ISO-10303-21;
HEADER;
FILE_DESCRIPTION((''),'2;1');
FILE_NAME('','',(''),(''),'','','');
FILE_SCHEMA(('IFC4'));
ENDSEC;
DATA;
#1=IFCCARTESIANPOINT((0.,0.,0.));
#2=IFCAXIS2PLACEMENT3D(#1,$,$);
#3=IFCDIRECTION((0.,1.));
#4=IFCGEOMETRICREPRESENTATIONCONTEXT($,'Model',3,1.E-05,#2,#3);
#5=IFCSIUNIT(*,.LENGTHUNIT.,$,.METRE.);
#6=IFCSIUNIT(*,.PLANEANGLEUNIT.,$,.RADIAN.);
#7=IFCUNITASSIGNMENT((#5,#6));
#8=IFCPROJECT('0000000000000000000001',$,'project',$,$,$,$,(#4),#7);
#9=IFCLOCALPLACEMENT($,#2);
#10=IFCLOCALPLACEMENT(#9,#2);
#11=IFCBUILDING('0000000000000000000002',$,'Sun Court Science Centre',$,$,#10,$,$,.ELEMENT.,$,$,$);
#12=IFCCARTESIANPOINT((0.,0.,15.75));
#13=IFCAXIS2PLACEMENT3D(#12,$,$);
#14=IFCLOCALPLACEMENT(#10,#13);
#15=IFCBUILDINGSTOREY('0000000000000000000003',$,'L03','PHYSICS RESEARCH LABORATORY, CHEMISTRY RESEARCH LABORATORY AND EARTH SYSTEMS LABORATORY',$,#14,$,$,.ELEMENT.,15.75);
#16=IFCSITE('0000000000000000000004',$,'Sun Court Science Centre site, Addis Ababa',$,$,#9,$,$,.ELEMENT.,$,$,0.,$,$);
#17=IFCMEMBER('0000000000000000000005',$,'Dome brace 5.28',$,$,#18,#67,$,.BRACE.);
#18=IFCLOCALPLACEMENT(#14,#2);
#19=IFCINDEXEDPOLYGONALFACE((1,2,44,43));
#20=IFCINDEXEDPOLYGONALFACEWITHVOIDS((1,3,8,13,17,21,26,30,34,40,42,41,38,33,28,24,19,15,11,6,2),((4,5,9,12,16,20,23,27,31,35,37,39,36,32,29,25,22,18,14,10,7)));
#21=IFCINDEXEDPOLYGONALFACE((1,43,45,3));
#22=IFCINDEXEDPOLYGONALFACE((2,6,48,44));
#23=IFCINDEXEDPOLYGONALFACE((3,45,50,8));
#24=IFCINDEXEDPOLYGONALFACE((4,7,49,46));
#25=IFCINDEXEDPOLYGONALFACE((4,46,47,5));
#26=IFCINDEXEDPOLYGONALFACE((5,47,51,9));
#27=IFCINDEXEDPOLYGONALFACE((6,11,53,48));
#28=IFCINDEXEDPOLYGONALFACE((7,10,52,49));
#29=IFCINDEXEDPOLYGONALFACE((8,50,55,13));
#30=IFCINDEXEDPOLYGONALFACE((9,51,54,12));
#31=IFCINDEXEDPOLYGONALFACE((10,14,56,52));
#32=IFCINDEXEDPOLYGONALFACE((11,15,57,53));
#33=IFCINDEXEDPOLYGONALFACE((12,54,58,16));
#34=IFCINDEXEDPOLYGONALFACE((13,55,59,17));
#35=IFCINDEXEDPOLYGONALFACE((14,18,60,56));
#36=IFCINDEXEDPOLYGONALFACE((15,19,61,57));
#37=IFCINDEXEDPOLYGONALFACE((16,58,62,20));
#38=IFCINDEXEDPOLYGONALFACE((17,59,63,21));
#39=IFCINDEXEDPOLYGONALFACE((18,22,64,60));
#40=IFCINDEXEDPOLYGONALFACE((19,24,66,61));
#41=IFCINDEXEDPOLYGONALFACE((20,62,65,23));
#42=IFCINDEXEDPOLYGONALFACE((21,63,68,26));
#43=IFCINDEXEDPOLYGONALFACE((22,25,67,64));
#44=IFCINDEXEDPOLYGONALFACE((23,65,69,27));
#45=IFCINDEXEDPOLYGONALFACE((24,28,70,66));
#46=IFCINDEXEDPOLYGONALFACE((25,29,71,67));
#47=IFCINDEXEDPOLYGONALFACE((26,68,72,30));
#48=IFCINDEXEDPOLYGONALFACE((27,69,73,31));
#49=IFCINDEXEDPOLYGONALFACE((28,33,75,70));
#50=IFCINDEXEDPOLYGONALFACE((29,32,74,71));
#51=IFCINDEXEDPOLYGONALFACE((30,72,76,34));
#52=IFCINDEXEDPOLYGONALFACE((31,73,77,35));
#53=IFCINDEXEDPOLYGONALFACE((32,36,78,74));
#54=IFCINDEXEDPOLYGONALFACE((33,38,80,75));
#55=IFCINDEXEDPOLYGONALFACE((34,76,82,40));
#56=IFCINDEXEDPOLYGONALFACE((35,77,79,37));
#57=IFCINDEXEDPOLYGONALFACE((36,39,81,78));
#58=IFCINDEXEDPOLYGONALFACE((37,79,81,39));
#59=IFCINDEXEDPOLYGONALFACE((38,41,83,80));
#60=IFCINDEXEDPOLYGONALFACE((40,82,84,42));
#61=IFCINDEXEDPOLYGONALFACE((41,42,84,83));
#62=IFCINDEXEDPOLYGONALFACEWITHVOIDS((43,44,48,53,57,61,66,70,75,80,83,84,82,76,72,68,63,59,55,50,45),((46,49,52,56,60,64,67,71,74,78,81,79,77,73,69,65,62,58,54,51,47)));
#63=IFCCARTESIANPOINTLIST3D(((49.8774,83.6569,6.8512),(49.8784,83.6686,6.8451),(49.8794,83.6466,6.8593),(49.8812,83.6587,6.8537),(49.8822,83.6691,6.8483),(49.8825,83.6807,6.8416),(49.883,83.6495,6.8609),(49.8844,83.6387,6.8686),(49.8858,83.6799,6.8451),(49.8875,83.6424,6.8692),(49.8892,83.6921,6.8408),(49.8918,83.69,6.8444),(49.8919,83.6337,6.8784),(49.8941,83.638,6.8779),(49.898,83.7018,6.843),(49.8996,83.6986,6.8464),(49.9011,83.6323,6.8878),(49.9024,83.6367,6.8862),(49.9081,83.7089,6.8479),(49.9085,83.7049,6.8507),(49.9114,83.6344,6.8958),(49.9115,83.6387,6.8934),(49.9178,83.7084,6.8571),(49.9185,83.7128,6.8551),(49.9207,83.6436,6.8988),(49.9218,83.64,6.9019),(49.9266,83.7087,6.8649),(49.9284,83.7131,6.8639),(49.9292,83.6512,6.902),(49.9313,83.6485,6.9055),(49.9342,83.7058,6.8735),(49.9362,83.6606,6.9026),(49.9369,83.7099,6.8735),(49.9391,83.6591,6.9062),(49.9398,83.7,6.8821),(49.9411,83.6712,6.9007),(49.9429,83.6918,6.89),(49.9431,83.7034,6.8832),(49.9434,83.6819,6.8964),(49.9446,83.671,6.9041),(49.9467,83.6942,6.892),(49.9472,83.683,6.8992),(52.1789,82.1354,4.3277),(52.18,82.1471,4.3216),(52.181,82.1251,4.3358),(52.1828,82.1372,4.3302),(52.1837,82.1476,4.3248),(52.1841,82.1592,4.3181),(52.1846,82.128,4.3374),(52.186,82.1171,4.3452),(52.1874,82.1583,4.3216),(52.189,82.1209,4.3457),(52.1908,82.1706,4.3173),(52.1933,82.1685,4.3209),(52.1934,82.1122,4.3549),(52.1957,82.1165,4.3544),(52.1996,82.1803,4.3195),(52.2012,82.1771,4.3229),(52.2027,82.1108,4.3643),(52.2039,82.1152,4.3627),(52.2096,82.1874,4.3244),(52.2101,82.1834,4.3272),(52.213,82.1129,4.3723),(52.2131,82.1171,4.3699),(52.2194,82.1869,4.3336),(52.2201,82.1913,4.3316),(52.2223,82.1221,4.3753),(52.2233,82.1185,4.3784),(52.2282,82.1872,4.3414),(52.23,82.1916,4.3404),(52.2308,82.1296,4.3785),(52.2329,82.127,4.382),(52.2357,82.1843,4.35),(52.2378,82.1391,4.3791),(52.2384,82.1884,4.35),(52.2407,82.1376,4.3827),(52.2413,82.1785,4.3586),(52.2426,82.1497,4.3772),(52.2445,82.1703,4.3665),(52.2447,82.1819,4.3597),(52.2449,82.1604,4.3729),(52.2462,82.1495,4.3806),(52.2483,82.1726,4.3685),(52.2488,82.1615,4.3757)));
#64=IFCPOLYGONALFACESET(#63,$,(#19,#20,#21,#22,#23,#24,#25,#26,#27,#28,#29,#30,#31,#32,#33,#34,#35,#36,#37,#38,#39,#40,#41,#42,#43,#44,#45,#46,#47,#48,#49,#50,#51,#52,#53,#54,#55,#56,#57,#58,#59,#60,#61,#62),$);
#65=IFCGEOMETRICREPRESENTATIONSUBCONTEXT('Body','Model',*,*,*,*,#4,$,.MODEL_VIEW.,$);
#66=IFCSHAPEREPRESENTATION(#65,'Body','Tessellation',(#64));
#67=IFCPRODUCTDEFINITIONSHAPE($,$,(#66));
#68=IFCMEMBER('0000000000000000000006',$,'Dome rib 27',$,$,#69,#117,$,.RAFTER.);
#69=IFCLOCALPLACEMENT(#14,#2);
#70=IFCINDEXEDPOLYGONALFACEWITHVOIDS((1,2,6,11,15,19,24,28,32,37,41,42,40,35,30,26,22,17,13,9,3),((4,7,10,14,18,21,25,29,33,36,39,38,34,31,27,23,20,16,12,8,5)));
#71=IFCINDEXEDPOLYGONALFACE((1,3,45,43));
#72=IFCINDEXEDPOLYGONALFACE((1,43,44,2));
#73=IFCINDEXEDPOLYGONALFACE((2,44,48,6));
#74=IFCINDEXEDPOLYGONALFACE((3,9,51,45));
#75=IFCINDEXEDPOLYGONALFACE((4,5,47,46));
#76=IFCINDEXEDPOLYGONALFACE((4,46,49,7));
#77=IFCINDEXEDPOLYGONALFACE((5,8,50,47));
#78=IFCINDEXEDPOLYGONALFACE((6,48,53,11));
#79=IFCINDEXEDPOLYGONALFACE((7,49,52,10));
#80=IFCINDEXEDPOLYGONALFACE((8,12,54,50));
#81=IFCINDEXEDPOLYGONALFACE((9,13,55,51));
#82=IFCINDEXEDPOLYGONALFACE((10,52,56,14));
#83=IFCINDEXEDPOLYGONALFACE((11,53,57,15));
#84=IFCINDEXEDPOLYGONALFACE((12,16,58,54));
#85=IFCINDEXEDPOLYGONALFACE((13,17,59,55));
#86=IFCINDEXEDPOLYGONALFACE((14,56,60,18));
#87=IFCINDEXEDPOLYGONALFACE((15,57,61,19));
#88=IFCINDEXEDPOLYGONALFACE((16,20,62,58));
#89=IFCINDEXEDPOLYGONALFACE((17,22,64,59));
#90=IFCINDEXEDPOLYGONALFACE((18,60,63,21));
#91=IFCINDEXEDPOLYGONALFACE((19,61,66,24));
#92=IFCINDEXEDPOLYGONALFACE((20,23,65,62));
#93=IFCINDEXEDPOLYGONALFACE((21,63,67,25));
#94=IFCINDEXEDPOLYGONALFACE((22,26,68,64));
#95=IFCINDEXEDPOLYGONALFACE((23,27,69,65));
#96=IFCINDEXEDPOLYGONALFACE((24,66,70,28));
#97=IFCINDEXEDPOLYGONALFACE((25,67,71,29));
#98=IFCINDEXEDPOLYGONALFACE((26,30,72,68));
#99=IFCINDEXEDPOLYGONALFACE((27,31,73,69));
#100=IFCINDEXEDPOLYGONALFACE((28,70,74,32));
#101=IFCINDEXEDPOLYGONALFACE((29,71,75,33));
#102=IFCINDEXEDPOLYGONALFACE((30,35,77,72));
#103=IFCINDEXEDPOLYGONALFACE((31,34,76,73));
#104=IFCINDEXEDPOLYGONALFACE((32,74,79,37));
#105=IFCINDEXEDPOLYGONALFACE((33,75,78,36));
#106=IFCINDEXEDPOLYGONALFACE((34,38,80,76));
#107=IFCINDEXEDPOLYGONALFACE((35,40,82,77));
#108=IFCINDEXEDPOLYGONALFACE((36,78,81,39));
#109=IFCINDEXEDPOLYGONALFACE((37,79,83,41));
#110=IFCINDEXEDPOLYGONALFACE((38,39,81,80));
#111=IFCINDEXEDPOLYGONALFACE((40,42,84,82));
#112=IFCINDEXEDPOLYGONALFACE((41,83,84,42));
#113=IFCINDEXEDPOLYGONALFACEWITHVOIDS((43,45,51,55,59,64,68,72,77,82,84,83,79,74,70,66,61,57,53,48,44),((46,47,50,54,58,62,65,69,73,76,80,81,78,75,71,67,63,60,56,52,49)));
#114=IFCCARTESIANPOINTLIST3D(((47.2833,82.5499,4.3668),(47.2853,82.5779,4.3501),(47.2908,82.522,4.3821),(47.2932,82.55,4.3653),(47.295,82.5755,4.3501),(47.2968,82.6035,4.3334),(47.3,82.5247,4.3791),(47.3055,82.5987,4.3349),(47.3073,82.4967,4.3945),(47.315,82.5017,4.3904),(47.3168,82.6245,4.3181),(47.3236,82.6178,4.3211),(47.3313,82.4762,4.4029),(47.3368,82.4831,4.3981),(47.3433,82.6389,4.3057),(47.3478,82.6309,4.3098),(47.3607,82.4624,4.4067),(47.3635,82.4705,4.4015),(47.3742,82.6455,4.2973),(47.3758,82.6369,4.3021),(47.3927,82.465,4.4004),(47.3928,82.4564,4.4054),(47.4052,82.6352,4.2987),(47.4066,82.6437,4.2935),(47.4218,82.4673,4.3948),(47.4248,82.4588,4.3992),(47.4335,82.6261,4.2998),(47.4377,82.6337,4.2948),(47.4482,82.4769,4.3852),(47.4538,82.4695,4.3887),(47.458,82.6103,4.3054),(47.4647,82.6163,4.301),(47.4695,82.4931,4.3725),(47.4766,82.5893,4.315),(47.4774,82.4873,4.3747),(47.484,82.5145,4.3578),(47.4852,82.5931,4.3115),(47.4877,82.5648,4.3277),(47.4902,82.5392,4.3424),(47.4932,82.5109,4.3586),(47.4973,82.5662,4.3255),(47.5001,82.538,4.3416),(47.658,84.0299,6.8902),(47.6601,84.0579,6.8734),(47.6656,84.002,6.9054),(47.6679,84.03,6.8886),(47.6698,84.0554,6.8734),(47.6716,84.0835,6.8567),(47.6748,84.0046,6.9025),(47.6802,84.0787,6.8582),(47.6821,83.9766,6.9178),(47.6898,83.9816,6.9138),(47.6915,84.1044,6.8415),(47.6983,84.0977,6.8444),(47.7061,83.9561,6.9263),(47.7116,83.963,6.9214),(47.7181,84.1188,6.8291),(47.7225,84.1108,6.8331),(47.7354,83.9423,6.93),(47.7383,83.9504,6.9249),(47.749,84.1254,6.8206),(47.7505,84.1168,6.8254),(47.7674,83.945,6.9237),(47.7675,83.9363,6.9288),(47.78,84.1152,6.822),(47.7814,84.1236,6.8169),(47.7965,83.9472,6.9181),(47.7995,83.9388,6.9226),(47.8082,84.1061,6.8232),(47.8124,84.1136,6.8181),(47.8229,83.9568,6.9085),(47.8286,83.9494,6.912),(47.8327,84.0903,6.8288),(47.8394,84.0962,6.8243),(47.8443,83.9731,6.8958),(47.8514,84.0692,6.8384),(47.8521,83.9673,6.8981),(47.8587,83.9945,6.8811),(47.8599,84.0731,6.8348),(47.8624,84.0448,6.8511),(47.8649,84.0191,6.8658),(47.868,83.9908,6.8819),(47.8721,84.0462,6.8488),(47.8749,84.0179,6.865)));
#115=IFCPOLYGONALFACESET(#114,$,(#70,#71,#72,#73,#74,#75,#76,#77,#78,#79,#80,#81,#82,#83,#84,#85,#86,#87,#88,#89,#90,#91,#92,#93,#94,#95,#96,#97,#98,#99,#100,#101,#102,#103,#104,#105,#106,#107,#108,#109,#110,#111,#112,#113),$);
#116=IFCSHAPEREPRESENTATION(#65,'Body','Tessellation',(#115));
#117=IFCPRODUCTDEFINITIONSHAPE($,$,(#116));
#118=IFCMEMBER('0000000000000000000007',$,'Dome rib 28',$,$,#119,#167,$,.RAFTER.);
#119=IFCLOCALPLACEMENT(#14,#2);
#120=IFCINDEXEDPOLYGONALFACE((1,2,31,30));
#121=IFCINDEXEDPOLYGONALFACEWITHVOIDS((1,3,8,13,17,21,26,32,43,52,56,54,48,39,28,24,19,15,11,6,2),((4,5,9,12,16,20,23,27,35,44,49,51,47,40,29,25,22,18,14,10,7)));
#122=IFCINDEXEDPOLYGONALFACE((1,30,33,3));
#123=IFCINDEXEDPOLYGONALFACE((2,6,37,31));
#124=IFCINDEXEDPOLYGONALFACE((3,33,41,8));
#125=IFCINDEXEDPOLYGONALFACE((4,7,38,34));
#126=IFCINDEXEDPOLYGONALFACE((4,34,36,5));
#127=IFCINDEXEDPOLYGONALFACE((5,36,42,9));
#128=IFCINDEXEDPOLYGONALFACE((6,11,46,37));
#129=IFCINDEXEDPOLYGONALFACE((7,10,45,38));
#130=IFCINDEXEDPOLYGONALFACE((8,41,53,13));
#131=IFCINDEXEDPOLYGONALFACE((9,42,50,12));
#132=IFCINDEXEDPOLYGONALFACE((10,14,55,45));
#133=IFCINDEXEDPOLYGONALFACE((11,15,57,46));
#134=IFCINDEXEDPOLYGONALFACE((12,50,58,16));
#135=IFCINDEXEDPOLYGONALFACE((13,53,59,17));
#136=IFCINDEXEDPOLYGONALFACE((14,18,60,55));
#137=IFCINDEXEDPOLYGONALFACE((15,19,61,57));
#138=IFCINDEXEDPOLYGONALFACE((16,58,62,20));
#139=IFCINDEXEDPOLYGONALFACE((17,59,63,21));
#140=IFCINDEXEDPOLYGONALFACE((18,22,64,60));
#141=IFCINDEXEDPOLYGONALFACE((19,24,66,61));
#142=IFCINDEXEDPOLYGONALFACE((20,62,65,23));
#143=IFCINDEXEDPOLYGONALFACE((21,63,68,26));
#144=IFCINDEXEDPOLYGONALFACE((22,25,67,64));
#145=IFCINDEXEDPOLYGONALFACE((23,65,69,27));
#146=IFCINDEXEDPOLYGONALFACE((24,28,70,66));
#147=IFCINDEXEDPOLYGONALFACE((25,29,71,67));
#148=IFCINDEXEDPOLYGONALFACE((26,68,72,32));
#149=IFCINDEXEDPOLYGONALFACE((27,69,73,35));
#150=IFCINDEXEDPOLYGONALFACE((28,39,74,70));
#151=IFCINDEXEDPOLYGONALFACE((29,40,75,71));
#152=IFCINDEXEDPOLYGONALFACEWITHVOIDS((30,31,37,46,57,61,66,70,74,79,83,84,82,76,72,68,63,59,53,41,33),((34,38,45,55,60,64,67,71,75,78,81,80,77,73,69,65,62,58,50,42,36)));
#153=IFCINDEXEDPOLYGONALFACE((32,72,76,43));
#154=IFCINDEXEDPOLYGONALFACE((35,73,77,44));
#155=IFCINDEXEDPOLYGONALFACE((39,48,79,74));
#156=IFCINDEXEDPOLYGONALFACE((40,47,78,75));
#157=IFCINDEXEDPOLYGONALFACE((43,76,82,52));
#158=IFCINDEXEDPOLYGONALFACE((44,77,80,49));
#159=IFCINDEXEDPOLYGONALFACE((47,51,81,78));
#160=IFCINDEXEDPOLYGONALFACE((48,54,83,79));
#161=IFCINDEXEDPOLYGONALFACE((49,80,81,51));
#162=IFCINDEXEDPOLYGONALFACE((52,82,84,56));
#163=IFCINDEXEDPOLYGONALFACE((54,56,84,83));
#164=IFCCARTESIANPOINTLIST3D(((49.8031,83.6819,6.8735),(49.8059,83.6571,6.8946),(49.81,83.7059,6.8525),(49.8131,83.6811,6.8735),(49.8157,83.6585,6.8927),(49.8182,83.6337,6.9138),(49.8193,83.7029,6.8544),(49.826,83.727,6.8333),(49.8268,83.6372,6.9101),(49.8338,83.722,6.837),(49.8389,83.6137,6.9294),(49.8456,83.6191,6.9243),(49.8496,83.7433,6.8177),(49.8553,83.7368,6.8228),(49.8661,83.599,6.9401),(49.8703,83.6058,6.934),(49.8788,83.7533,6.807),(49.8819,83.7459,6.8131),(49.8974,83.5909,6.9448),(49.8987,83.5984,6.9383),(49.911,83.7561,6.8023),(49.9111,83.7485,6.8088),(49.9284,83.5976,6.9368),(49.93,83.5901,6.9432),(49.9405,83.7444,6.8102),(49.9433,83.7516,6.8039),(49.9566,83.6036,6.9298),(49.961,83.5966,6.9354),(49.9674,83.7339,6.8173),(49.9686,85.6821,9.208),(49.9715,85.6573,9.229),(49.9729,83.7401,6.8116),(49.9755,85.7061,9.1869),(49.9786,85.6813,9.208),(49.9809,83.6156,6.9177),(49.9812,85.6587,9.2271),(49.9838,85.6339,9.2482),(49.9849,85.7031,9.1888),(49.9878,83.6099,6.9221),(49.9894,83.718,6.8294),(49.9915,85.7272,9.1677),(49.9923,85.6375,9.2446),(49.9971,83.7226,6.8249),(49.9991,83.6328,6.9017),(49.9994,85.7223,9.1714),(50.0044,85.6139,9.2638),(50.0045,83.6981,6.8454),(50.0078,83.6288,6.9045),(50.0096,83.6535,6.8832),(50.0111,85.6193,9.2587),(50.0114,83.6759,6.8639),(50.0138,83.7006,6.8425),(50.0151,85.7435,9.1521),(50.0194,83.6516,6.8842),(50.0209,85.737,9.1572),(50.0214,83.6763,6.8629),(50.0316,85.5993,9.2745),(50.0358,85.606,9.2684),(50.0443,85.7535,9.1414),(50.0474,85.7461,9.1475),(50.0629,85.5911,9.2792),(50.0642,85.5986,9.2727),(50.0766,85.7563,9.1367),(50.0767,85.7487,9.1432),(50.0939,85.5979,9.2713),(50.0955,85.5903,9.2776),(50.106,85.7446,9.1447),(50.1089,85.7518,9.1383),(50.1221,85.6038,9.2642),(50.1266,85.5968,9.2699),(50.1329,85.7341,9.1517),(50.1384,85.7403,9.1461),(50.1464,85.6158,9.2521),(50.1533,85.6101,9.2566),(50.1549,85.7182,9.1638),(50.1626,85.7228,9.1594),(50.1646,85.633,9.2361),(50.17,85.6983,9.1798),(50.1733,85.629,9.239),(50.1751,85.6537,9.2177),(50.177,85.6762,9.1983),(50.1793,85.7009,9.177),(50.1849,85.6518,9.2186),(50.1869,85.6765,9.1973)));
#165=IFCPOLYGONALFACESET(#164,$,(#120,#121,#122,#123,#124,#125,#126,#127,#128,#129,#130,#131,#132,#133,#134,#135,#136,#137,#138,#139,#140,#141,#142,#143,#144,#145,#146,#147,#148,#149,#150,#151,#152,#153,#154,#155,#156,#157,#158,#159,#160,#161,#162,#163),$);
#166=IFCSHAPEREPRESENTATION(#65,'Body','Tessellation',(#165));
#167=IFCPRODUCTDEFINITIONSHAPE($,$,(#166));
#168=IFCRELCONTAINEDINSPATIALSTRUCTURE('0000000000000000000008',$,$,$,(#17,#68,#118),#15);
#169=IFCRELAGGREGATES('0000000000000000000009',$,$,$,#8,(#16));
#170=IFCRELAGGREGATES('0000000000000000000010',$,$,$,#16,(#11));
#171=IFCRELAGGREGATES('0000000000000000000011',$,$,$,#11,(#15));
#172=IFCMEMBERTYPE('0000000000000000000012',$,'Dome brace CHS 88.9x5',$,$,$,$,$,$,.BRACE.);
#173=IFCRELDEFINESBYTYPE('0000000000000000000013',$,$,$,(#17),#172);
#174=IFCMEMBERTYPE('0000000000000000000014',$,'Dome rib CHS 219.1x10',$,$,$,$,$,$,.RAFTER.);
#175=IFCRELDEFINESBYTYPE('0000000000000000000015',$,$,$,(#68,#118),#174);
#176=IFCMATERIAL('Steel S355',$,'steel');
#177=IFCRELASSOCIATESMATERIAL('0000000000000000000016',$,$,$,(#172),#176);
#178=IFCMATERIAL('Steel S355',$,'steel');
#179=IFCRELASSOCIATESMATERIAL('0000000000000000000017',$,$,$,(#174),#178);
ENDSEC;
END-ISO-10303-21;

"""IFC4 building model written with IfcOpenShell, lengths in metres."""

from ifc_helpers import new_model, si_unit, direction, frame, origin, origin_2d, place, context, subcontext, project, spatial, hollow_circle, extrude, material, material_profile, profile_set, type_object, element, save


model = new_model("IFC4")

# Units and contexts
model_context = context("Model", 3, precision=1e-05, world=origin(), true_north=direction((0.0, 1.0)))
body_context = subcontext(model_context, "Body", "Model", "MODEL_VIEW")
ifc_project = project(units=[si_unit("LENGTHUNIT", "METRE"), si_unit("PLANEANGLEUNIT", "RADIAN")], contexts=[model_context])

# Site, building, storey
site_placement = place(None, origin())
site = spatial("IfcSite", under=ifc_project, at=site_placement, Name="Sun Court Science Centre site, Addis Ababa", CompositionType="ELEMENT", RefElevation=0.0)
building_placement = place(site_placement, origin())
building = spatial("IfcBuilding", under=site, at=building_placement, Name="Sun Court Science Centre", CompositionType="ELEMENT")
storey_placement = place(building_placement, frame((0.0, 0.0, 15.75)))
storey = spatial("IfcBuildingStorey", under=building, at=storey_placement, Name="L03", Description="PHYSICS RESEARCH LABORATORY, CHEMISTRY RESEARCH LABORATORY AND EARTH SYSTEMS LABORATORY", CompositionType="ELEMENT", Elevation=15.75)

# Members
ifc_material_1 = material(Name="Steel S355", Category="steel")
ifc_material_profile_1 = material_profile(ifc_material_1, hollow_circle(Radius=0.0444, WallThickness=0.0049, at=origin_2d()), Name="CHS 88.9x5")
ifc_profile_set_1 = profile_set([ifc_material_profile_1], Name="Steel S355")
member_type_1 = type_object("IfcMemberType", Name="Dome brace CHS 88.9x5", PredefinedType="BRACE", material=ifc_profile_set_1)
member_1_placement = place(storey_placement, frame((49.9124, 83.6729, 6.8735), z_axis=(0.615554, -0.40693, -0.674909), x_axis=(0.55147, 0.834195, 0.0)))
element("IfcMember", 1, at=member_1_placement, inside=storey, type_object=member_type_1, Name="Dome brace 5.28", PredefinedType="BRACE", context=body_context, shape_type="SweptSolid", body=[
    extrude(hollow_circle(Radius=0.0444, WallThickness=0.0049, at=origin_2d()), origin(), (0.0, 0.0, 1.0), 3.739),
])
ifc_material_2 = material(Name="Steel S355", Category="steel")
ifc_material_profile_2 = material_profile(ifc_material_2, hollow_circle(Radius=0.1096, WallThickness=0.01, at=origin_2d()), Name="CHS 219.1x10")
ifc_profile_set_2 = profile_set([ifc_material_profile_2], Name="Steel S355")
member_type_2 = type_object("IfcMemberType", Name="Dome rib CHS 219.1x10", PredefinedType="RAFTER", material=ifc_profile_set_2)
member_2_placement = place(storey_placement, frame((47.3916, 82.551, 4.3501), z_axis=(0.127065, 0.501803, 0.855598), x_axis=(-0.969404, 0.245469, 0.0)))
element("IfcMember", 2, at=member_2_placement, inside=storey, type_object=member_type_2, Name="Dome rib 27", PredefinedType="RAFTER", context=body_context, shape_type="SweptSolid", body=[
    extrude(hollow_circle(Radius=0.1096, WallThickness=0.01, at=origin_2d()), origin(), (0.0, 0.0, 1.0), 2.9492),
])
member_3_placement = place(storey_placement, frame((49.9124, 83.6729, 6.8735), z_axis=(0.053766, 0.649713, 0.758276), x_axis=(-0.996593, 0.082472, 0.0)))
element("IfcMember", 3, at=member_3_placement, inside=storey, type_object=member_type_2, Name="Dome rib 28", PredefinedType="RAFTER", context=body_context, shape_type="SweptSolid", body=[
    extrude(hollow_circle(Radius=0.1096, WallThickness=0.01, at=origin_2d()), origin(), (0.0, 0.0, 1.0), 3.0786),
])

save(model, "model.ifc")
